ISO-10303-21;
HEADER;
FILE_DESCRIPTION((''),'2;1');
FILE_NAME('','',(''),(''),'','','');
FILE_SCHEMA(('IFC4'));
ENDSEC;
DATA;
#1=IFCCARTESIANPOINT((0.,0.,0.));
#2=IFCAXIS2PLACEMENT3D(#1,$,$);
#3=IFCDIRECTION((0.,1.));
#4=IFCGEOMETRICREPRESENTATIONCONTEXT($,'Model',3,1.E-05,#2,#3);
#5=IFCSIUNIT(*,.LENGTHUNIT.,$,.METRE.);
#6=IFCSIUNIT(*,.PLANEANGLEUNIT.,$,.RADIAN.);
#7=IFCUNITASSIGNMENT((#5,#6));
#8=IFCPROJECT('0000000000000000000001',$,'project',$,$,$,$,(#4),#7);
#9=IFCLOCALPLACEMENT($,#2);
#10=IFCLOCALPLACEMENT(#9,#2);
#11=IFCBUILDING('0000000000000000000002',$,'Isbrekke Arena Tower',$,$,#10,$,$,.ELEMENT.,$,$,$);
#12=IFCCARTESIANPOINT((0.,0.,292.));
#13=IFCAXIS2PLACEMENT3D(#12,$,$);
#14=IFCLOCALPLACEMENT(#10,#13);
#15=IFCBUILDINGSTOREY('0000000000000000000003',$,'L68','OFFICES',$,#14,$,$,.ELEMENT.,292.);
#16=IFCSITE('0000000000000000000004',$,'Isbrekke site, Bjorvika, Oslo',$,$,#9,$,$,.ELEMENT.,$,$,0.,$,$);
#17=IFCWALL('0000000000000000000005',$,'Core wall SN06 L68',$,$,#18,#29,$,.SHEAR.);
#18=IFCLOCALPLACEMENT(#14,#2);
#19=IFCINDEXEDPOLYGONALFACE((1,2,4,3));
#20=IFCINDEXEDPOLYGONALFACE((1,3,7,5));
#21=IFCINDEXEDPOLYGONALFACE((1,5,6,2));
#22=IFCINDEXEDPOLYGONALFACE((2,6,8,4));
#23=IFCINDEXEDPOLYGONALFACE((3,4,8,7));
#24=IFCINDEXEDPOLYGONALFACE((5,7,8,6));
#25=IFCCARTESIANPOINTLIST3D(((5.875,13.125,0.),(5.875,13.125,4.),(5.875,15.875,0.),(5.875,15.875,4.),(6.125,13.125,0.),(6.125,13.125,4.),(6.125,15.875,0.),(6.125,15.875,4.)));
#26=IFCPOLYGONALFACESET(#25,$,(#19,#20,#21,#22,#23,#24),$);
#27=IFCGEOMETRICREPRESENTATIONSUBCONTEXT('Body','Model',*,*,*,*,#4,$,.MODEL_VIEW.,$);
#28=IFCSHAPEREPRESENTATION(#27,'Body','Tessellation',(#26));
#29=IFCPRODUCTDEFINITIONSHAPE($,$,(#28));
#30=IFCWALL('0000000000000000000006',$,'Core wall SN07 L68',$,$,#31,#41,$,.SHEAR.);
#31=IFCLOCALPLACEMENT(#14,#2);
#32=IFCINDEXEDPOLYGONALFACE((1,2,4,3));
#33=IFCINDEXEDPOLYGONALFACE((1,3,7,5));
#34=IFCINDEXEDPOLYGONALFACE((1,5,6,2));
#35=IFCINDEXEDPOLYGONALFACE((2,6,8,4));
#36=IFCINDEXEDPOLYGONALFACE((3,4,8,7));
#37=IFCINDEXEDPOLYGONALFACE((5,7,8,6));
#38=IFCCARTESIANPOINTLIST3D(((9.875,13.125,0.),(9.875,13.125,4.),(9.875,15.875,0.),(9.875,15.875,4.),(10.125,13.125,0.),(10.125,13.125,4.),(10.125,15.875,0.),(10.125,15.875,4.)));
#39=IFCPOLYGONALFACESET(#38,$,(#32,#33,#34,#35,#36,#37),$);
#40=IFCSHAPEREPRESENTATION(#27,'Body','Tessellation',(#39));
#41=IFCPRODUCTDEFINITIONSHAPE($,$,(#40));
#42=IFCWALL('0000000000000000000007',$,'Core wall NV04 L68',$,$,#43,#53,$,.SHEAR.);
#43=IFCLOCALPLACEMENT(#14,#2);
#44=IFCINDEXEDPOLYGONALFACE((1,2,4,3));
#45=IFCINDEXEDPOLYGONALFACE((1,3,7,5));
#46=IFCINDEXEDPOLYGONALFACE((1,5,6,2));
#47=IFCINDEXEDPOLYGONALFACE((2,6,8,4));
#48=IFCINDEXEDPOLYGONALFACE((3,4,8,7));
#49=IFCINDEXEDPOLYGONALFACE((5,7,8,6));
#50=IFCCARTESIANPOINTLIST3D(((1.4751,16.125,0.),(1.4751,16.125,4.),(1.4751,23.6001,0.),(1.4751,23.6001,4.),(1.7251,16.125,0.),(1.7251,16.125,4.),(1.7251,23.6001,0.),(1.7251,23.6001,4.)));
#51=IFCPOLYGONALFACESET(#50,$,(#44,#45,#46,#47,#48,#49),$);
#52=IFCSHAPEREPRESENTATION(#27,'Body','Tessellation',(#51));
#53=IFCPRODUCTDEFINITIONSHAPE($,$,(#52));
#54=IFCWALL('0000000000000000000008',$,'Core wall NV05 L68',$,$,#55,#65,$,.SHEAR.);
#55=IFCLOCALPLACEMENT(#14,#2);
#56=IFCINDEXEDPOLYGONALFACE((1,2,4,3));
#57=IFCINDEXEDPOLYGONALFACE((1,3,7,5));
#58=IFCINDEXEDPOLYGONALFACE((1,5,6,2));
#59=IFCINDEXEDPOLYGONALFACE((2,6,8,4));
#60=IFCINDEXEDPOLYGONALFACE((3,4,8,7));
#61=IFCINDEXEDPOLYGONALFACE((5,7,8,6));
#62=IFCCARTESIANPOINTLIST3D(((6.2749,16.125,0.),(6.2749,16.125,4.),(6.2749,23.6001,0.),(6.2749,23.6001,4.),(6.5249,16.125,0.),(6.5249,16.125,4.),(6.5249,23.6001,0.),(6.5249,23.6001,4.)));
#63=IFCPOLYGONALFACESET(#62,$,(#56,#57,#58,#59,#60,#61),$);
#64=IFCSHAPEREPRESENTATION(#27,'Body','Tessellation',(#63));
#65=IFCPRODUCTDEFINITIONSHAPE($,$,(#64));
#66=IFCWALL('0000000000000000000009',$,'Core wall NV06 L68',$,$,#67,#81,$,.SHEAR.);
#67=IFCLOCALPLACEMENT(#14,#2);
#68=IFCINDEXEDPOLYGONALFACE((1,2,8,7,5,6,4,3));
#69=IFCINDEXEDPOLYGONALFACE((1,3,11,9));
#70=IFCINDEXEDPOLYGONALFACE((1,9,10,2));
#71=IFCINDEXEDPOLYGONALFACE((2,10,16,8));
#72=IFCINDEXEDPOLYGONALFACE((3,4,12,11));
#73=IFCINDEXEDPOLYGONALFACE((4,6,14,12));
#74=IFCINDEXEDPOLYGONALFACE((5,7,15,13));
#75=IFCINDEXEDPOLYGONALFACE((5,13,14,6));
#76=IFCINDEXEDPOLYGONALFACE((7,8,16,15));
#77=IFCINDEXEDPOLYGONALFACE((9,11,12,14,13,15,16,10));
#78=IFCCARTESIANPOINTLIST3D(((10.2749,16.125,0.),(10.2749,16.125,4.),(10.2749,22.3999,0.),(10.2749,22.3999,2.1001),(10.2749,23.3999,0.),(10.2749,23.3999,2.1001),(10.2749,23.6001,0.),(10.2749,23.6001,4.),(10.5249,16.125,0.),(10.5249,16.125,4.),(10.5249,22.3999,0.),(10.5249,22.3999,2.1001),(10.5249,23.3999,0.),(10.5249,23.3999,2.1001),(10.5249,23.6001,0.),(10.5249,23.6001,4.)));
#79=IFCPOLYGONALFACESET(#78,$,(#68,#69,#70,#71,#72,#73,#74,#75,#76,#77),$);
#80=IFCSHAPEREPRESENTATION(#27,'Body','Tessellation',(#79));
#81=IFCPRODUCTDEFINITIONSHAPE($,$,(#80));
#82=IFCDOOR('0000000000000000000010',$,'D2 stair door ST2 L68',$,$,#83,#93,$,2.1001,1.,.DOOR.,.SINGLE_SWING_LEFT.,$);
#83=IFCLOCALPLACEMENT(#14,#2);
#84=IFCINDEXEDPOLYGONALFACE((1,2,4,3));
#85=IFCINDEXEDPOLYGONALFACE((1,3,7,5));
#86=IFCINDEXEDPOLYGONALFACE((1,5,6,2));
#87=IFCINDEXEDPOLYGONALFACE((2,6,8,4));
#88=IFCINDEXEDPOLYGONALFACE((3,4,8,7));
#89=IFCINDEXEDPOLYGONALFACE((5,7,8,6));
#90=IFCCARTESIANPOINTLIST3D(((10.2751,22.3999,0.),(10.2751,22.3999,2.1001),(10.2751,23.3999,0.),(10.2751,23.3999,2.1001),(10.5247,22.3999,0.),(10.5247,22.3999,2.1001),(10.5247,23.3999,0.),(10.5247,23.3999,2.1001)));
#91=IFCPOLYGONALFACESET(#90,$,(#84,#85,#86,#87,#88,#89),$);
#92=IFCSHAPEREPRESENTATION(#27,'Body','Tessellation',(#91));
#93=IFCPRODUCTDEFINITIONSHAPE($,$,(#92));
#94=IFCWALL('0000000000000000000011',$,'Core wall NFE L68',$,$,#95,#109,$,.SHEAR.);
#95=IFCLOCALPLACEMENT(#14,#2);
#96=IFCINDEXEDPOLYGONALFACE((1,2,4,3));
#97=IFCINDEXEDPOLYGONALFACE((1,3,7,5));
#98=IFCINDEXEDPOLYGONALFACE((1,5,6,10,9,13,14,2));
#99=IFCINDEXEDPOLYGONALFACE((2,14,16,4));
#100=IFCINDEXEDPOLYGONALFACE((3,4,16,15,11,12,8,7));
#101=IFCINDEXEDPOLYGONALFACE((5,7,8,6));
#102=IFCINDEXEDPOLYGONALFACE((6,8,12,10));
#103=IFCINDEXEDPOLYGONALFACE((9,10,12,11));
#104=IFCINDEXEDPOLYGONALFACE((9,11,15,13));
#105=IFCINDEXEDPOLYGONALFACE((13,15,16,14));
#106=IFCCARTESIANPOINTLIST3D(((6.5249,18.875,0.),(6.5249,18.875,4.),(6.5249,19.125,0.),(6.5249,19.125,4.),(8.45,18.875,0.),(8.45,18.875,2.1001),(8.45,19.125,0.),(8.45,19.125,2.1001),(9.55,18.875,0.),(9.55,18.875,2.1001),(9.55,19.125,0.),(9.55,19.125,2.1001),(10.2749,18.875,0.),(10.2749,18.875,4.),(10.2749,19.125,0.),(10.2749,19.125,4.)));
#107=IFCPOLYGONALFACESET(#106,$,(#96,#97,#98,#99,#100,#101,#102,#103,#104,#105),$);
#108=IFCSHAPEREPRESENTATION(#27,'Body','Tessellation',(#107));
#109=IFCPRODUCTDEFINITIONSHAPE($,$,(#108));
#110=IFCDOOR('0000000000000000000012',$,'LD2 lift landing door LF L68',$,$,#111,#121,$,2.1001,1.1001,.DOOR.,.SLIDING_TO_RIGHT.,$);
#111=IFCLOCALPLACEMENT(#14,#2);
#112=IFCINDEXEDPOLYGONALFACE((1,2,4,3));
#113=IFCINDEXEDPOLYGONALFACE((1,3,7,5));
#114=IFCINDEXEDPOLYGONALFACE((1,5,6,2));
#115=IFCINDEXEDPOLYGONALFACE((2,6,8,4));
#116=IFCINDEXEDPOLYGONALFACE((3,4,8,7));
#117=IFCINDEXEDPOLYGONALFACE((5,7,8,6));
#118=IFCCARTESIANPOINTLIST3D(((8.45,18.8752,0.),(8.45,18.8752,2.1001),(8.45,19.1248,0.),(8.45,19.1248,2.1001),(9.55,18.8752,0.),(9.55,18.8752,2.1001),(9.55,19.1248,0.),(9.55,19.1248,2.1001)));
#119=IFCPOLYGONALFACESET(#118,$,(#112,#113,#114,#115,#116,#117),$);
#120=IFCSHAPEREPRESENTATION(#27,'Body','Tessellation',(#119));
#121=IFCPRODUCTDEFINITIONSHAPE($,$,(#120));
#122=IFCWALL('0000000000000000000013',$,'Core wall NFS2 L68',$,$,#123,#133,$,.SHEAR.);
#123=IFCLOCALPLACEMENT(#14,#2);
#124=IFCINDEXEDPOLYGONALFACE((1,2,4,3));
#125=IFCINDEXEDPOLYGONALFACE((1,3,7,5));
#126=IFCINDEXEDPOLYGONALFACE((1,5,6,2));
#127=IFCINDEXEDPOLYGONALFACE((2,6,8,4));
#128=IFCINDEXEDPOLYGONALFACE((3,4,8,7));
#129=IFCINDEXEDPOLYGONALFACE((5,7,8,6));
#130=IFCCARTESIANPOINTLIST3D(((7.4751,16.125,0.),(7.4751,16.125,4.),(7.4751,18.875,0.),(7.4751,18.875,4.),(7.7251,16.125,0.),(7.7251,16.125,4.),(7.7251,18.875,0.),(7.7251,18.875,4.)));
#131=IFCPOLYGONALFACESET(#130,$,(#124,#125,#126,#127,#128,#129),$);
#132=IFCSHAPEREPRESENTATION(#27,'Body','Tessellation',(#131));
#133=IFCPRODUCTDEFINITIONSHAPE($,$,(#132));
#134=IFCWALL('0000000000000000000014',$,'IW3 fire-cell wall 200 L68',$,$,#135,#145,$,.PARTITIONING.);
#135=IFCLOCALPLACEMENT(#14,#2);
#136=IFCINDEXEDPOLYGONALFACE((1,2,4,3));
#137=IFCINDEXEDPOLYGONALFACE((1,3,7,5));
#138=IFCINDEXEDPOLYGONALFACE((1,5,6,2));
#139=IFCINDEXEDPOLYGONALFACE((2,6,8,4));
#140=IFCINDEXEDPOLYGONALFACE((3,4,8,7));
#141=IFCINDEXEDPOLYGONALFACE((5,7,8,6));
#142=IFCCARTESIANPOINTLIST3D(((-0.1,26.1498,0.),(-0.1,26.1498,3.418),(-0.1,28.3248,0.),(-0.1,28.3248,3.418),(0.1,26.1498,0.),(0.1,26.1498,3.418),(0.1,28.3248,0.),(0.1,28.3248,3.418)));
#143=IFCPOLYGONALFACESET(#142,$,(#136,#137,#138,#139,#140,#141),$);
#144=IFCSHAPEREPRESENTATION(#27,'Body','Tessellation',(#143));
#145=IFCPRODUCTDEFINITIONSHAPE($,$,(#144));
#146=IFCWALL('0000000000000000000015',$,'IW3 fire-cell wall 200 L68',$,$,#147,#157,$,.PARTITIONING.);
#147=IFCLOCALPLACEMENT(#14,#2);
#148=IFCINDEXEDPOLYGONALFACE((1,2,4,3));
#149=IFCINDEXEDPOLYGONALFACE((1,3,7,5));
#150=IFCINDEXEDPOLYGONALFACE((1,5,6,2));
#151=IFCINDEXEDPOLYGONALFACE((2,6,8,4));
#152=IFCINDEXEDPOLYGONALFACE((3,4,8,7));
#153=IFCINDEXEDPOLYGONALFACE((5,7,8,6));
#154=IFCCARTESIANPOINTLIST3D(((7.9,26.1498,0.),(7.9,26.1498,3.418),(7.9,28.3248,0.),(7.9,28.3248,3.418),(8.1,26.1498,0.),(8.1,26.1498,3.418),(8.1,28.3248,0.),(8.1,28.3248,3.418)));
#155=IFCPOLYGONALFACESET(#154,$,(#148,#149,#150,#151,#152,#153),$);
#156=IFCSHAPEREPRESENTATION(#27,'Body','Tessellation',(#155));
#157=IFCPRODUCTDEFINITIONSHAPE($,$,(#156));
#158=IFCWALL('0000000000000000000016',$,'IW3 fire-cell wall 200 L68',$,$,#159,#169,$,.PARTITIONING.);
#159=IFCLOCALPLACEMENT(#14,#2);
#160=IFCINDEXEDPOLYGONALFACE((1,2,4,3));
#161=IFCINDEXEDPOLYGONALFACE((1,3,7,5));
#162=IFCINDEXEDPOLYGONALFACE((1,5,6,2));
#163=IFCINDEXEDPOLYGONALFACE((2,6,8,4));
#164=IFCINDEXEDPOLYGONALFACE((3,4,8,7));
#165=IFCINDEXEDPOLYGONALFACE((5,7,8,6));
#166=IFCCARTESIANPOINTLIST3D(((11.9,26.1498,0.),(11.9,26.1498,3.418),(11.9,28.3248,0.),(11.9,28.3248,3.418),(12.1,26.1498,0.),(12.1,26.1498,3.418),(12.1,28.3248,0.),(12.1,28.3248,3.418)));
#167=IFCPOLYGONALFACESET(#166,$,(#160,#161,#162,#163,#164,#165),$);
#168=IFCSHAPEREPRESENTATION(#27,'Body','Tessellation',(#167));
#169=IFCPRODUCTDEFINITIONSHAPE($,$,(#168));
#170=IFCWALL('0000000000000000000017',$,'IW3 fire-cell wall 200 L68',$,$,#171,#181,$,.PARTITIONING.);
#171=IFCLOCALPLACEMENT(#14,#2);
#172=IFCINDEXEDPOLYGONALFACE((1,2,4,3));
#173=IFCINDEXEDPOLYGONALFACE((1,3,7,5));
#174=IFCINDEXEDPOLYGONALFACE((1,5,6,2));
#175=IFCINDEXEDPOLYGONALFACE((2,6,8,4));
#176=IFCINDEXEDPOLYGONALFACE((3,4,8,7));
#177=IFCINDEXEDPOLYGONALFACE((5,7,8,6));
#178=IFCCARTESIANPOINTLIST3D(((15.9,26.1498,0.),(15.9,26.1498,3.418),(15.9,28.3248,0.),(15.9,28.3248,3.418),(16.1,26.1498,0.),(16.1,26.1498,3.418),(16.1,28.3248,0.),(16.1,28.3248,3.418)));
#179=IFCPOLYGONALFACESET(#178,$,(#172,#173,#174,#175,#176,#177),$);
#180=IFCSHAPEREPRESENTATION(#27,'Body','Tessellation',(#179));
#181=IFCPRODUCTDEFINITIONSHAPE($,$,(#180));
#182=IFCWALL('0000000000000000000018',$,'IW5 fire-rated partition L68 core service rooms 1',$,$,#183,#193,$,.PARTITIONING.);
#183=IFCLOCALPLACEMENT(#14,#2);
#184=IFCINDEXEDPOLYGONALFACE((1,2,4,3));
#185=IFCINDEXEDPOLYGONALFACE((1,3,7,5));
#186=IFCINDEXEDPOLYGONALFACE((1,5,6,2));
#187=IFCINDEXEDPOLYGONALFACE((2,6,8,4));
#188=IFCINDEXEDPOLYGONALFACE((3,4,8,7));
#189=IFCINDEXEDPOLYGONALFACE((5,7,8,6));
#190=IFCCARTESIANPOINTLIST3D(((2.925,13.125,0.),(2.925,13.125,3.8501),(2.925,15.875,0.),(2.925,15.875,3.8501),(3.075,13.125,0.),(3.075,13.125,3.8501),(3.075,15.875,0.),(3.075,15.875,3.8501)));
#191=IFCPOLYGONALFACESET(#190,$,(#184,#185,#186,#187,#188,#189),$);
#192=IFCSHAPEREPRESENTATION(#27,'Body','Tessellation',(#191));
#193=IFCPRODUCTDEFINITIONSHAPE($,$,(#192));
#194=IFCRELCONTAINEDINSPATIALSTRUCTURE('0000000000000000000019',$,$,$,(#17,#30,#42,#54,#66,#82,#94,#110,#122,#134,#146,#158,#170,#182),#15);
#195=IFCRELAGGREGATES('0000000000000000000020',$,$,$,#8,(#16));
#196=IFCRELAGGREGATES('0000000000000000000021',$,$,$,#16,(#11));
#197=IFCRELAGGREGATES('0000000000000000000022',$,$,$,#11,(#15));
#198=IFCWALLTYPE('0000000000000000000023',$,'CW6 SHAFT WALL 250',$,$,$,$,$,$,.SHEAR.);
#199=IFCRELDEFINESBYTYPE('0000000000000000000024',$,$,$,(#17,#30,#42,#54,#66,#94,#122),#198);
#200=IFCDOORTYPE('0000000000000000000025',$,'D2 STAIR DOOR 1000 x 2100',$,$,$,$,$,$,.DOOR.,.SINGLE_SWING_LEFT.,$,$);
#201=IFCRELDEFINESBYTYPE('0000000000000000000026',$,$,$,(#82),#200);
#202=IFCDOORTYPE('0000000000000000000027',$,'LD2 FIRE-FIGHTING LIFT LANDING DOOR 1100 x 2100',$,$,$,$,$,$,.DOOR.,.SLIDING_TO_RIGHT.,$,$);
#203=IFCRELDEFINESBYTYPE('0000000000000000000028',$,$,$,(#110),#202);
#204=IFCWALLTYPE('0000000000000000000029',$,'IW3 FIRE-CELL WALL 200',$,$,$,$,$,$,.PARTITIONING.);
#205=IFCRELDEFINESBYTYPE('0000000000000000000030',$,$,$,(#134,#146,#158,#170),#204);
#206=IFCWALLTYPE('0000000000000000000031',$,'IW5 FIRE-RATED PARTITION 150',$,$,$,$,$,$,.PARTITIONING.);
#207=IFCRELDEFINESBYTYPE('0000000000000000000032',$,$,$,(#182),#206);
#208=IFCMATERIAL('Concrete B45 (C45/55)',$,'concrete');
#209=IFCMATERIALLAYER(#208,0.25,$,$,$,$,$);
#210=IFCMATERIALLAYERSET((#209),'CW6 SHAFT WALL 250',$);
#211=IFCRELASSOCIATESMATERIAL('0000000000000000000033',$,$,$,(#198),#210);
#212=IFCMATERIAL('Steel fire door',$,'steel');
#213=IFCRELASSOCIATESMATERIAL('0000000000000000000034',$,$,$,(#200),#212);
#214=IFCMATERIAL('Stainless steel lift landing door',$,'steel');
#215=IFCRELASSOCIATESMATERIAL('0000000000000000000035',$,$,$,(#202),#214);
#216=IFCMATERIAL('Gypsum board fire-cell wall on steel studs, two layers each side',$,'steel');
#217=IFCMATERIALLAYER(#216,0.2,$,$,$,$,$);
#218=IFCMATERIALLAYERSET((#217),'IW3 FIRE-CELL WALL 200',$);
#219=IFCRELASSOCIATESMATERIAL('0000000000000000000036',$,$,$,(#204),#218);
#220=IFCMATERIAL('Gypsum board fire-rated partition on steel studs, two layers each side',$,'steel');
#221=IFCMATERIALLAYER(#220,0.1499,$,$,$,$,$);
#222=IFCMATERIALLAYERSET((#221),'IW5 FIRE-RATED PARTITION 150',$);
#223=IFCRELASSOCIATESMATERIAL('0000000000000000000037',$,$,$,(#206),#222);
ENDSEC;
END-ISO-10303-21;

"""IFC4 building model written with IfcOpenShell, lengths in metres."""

from ifc_helpers import new_model, si_unit, direction, frame, frame_2d, origin, place, context, subcontext, project, spatial, rectangle, extrude, material, layer, layer_set, type_object, element, fill, save


model = new_model("IFC4")

# Units and contexts
model_context = context("Model", 3, precision=1e-05, world=origin(), true_north=direction((0.0, 1.0)))
body_context = subcontext(model_context, "Body", "Model", "MODEL_VIEW")
ifc_project = project(units=[si_unit("LENGTHUNIT", "METRE"), si_unit("PLANEANGLEUNIT", "RADIAN")], contexts=[model_context])

# Site, building, storey
site_placement = place(None, origin())
site = spatial("IfcSite", under=ifc_project, at=site_placement, Name="Isbrekke site, Bjorvika, Oslo", CompositionType="ELEMENT", RefElevation=0.0)
building_placement = place(site_placement, origin())
building = spatial("IfcBuilding", under=site, at=building_placement, Name="Isbrekke Arena Tower", CompositionType="ELEMENT")
storey_placement = place(building_placement, frame((0.0, 0.0, 292.0)))
storey = spatial("IfcBuildingStorey", under=building, at=storey_placement, Name="L68", Description="OFFICES", CompositionType="ELEMENT", Elevation=292.0)

# Walls
ifc_material_1 = material(Name="Concrete B45 (C45/55)", Category="concrete")
ifc_layer_1 = layer(ifc_material_1, 0.25)
ifc_layer_set_1 = layer_set([ifc_layer_1], Name="CW6 SHAFT WALL 250")
wall_type_1 = type_object("IfcWallType", Name="CW6 SHAFT WALL 250", PredefinedType="SHEAR", material=ifc_layer_set_1)
for number, where, z_axis, x_axis, name in (
    (1, (6.0, 13.125, 0.0), (0.0, 0.0, 1.0), (0.0, 1.0, 0.0), "Core wall SN06 L68"),
    (2, (10.0, 13.125, 0.0), (0.0, 0.0, 1.0), (0.0, 1.0, 0.0), "Core wall SN07 L68"),
):
    element("IfcWall", number, at=place(storey_placement, frame(where, z_axis=z_axis, x_axis=x_axis)), inside=storey, type_object=wall_type_1, Name=name, PredefinedType="SHEAR", context=body_context, shape_type="SweptSolid", body=[
        extrude(rectangle(XDim=2.75, YDim=0.25, at=frame_2d((1.375, 0.0))), origin(), (0.0, 0.0, 1.0), 4.0),
    ])
for number, where, z_axis, x_axis, name in (
    (3, (1.6001, 16.125, 0.0), (0.0, 0.0, 1.0), (0.0, 1.0, 0.0), "Core wall NV04 L68"),
    (4, (6.3999, 16.125, 0.0), (0.0, 0.0, 1.0), (0.0, 1.0, 0.0), "Core wall NV05 L68"),
):
    element("IfcWall", number, at=place(storey_placement, frame(where, z_axis=z_axis, x_axis=x_axis)), inside=storey, type_object=wall_type_1, Name=name, PredefinedType="SHEAR", context=body_context, shape_type="SweptSolid", body=[
        extrude(rectangle(XDim=7.4751, YDim=0.25, at=frame_2d((3.7375, 0.0))), origin(), (0.0, 0.0, 1.0), 4.0),
    ])

# Walls, openings, doors
wall_1_placement = place(storey_placement, frame((10.3999, 16.125, 0.0), z_axis=(0.0, 0.0, 1.0), x_axis=(0.0, 1.0, 0.0)))
wall_1 = element("IfcWall", 5, at=wall_1_placement, inside=storey, type_object=wall_type_1, Name="Core wall NV06 L68", PredefinedType="SHEAR", context=body_context, shape_type="SweptSolid", body=[
    extrude(rectangle(XDim=7.4751, YDim=0.25, at=frame_2d((3.7375, 0.0))), origin(), (0.0, 0.0, 1.0), 4.0),
])
opening_1_placement = place(wall_1_placement, frame((6.2749, 0.0, 0.0)))
opening_1 = element("IfcOpeningElement", 6, at=opening_1_placement, cuts=wall_1, PredefinedType="OPENING", context=body_context, shape_type="SweptSolid", body=[
    extrude(rectangle(XDim=1.0, YDim=2.1001, at=frame_2d((0.5, 1.05))), frame((0.0, 0.1399, 0.0), z_axis=(0.0, -1.0, 0.0), x_axis=(1.0, 0.0, 0.0)), (0.0, 0.0, 1.0), 0.2798),
])
ifc_material_2 = material(Name="Steel fire door", Category="steel")
door_type_1 = type_object("IfcDoorType", Name="D2 STAIR DOOR 1000 x 2100", OperationType="SINGLE_SWING_LEFT", PredefinedType="DOOR", material=ifc_material_2)
door_1_placement = place(opening_1_placement, origin())
door_1 = element("IfcDoor", 7, at=door_1_placement, inside=storey, type_object=door_type_1, Name="D2 stair door ST2 L68", OperationType="SINGLE_SWING_LEFT", OverallHeight=2.1001, OverallWidth=1.0, PredefinedType="DOOR", context=body_context, shape_type="SweptSolid", body=[
    extrude(rectangle(XDim=1.0, YDim=2.1001, at=frame_2d((0.5, 1.05))), frame((0.0, 0.1248, 0.0), z_axis=(0.0, -1.0, 0.0), x_axis=(1.0, 0.0, 0.0)), (0.0, 0.0, 1.0), 0.2495),
])
fill(opening_1, door_1)
wall_2_placement = place(storey_placement, frame((6.5249, 19.0, 0.0), z_axis=(0.0, 0.0, 1.0), x_axis=(1.0, 0.0, 0.0)))
wall_2 = element("IfcWall", 8, at=wall_2_placement, inside=storey, type_object=wall_type_1, Name="Core wall NFE L68", PredefinedType="SHEAR", context=body_context, shape_type="SweptSolid", body=[
    extrude(rectangle(XDim=3.75, YDim=0.25, at=frame_2d((1.875, 0.0))), origin(), (0.0, 0.0, 1.0), 4.0),
])
opening_2_placement = place(wall_2_placement, frame((1.925, 0.0, 0.0)))
opening_2 = element("IfcOpeningElement", 9, at=opening_2_placement, cuts=wall_2, PredefinedType="OPENING", context=body_context, shape_type="SweptSolid", body=[
    extrude(rectangle(XDim=1.1001, YDim=2.1001, at=frame_2d((0.55, 1.05))), frame((0.0, 0.1399, 0.0), z_axis=(0.0, -1.0, 0.0), x_axis=(1.0, 0.0, 0.0)), (0.0, 0.0, 1.0), 0.2798),
])
ifc_material_3 = material(Name="Stainless steel lift landing door", Category="steel")
door_type_2 = type_object("IfcDoorType", Name="LD2 FIRE-FIGHTING LIFT LANDING DOOR 1100 x 2100", OperationType="SLIDING_TO_RIGHT", PredefinedType="DOOR", material=ifc_material_3)
door_2_placement = place(opening_2_placement, origin())
door_2 = element("IfcDoor", 10, at=door_2_placement, inside=storey, type_object=door_type_2, Name="LD2 lift landing door LF L68", OperationType="SLIDING_TO_RIGHT", OverallHeight=2.1001, OverallWidth=1.1001, PredefinedType="DOOR", context=body_context, shape_type="SweptSolid", body=[
    extrude(rectangle(XDim=1.1001, YDim=2.1001, at=frame_2d((0.55, 1.05))), frame((0.0, 0.1248, 0.0), z_axis=(0.0, -1.0, 0.0), x_axis=(1.0, 0.0, 0.0)), (0.0, 0.0, 1.0), 0.2495),
])
fill(opening_2, door_2)

# Walls
wall_3_placement = place(storey_placement, frame((7.6001, 16.125, 0.0), z_axis=(0.0, 0.0, 1.0), x_axis=(0.0, 1.0, 0.0)))
element("IfcWall", 11, at=wall_3_placement, inside=storey, type_object=wall_type_1, Name="Core wall NFS2 L68", PredefinedType="SHEAR", context=body_context, shape_type="SweptSolid", body=[
    extrude(rectangle(XDim=2.75, YDim=0.25, at=frame_2d((1.375, 0.0))), origin(), (0.0, 0.0, 1.0), 4.0),
])
ifc_material_4 = material(Name="Gypsum board fire-cell wall on steel studs, two layers each side", Category="steel")
ifc_layer_2 = layer(ifc_material_4, 0.2)
ifc_layer_set_2 = layer_set([ifc_layer_2], Name="IW3 FIRE-CELL WALL 200")
wall_type_2 = type_object("IfcWallType", Name="IW3 FIRE-CELL WALL 200", PredefinedType="PARTITIONING", material=ifc_layer_set_2)
for number, where, z_axis, x_axis, name in (
    (12, (0.0, 26.1499, 0.0), (0.0, 0.0, 1.0), (0.0, 1.0, 0.0), "IW3 fire-cell wall 200 L68"),
    (13, (8.0, 26.1499, 0.0), (0.0, 0.0, 1.0), (0.0, 1.0, 0.0), "IW3 fire-cell wall 200 L68"),
    (14, (12.0, 26.1499, 0.0), (0.0, 0.0, 1.0), (0.0, 1.0, 0.0), "IW3 fire-cell wall 200 L68"),
    (15, (16.0, 26.1499, 0.0), (0.0, 0.0, 1.0), (0.0, 1.0, 0.0), "IW3 fire-cell wall 200 L68"),
):
    element("IfcWall", number, at=place(storey_placement, frame(where, z_axis=z_axis, x_axis=x_axis)), inside=storey, type_object=wall_type_2, Name=name, PredefinedType="PARTITIONING", context=body_context, shape_type="SweptSolid", body=[
        extrude(rectangle(XDim=2.175, YDim=0.2, at=frame_2d((1.0874, 0.0))), origin(), (0.0, 0.0, 1.0), 3.418),
    ])
ifc_material_5 = material(Name="Gypsum board fire-rated partition on steel studs, two layers each side", Category="steel")
ifc_layer_3 = layer(ifc_material_5, 0.1499)
ifc_layer_set_3 = layer_set([ifc_layer_3], Name="IW5 FIRE-RATED PARTITION 150")
wall_type_3 = type_object("IfcWallType", Name="IW5 FIRE-RATED PARTITION 150", PredefinedType="PARTITIONING", material=ifc_layer_set_3)
for number, where, z_axis, x_axis, name in (
    (16, (3.0, 13.125, 0.0), (0.0, 0.0, 1.0), (0.0, 1.0, 0.0), "IW5 fire-rated partition L68 core service rooms 1"),
):
    element("IfcWall", number, at=place(storey_placement, frame(where, z_axis=z_axis, x_axis=x_axis)), inside=storey, type_object=wall_type_3, Name=name, PredefinedType="PARTITIONING", context=body_context, shape_type="SweptSolid", body=[
        extrude(rectangle(XDim=2.75, YDim=0.1499, at=frame_2d((1.375, 0.0))), origin(), (0.0, 0.0, 1.0), 3.8501),
    ])

save(model, "model.ifc")
